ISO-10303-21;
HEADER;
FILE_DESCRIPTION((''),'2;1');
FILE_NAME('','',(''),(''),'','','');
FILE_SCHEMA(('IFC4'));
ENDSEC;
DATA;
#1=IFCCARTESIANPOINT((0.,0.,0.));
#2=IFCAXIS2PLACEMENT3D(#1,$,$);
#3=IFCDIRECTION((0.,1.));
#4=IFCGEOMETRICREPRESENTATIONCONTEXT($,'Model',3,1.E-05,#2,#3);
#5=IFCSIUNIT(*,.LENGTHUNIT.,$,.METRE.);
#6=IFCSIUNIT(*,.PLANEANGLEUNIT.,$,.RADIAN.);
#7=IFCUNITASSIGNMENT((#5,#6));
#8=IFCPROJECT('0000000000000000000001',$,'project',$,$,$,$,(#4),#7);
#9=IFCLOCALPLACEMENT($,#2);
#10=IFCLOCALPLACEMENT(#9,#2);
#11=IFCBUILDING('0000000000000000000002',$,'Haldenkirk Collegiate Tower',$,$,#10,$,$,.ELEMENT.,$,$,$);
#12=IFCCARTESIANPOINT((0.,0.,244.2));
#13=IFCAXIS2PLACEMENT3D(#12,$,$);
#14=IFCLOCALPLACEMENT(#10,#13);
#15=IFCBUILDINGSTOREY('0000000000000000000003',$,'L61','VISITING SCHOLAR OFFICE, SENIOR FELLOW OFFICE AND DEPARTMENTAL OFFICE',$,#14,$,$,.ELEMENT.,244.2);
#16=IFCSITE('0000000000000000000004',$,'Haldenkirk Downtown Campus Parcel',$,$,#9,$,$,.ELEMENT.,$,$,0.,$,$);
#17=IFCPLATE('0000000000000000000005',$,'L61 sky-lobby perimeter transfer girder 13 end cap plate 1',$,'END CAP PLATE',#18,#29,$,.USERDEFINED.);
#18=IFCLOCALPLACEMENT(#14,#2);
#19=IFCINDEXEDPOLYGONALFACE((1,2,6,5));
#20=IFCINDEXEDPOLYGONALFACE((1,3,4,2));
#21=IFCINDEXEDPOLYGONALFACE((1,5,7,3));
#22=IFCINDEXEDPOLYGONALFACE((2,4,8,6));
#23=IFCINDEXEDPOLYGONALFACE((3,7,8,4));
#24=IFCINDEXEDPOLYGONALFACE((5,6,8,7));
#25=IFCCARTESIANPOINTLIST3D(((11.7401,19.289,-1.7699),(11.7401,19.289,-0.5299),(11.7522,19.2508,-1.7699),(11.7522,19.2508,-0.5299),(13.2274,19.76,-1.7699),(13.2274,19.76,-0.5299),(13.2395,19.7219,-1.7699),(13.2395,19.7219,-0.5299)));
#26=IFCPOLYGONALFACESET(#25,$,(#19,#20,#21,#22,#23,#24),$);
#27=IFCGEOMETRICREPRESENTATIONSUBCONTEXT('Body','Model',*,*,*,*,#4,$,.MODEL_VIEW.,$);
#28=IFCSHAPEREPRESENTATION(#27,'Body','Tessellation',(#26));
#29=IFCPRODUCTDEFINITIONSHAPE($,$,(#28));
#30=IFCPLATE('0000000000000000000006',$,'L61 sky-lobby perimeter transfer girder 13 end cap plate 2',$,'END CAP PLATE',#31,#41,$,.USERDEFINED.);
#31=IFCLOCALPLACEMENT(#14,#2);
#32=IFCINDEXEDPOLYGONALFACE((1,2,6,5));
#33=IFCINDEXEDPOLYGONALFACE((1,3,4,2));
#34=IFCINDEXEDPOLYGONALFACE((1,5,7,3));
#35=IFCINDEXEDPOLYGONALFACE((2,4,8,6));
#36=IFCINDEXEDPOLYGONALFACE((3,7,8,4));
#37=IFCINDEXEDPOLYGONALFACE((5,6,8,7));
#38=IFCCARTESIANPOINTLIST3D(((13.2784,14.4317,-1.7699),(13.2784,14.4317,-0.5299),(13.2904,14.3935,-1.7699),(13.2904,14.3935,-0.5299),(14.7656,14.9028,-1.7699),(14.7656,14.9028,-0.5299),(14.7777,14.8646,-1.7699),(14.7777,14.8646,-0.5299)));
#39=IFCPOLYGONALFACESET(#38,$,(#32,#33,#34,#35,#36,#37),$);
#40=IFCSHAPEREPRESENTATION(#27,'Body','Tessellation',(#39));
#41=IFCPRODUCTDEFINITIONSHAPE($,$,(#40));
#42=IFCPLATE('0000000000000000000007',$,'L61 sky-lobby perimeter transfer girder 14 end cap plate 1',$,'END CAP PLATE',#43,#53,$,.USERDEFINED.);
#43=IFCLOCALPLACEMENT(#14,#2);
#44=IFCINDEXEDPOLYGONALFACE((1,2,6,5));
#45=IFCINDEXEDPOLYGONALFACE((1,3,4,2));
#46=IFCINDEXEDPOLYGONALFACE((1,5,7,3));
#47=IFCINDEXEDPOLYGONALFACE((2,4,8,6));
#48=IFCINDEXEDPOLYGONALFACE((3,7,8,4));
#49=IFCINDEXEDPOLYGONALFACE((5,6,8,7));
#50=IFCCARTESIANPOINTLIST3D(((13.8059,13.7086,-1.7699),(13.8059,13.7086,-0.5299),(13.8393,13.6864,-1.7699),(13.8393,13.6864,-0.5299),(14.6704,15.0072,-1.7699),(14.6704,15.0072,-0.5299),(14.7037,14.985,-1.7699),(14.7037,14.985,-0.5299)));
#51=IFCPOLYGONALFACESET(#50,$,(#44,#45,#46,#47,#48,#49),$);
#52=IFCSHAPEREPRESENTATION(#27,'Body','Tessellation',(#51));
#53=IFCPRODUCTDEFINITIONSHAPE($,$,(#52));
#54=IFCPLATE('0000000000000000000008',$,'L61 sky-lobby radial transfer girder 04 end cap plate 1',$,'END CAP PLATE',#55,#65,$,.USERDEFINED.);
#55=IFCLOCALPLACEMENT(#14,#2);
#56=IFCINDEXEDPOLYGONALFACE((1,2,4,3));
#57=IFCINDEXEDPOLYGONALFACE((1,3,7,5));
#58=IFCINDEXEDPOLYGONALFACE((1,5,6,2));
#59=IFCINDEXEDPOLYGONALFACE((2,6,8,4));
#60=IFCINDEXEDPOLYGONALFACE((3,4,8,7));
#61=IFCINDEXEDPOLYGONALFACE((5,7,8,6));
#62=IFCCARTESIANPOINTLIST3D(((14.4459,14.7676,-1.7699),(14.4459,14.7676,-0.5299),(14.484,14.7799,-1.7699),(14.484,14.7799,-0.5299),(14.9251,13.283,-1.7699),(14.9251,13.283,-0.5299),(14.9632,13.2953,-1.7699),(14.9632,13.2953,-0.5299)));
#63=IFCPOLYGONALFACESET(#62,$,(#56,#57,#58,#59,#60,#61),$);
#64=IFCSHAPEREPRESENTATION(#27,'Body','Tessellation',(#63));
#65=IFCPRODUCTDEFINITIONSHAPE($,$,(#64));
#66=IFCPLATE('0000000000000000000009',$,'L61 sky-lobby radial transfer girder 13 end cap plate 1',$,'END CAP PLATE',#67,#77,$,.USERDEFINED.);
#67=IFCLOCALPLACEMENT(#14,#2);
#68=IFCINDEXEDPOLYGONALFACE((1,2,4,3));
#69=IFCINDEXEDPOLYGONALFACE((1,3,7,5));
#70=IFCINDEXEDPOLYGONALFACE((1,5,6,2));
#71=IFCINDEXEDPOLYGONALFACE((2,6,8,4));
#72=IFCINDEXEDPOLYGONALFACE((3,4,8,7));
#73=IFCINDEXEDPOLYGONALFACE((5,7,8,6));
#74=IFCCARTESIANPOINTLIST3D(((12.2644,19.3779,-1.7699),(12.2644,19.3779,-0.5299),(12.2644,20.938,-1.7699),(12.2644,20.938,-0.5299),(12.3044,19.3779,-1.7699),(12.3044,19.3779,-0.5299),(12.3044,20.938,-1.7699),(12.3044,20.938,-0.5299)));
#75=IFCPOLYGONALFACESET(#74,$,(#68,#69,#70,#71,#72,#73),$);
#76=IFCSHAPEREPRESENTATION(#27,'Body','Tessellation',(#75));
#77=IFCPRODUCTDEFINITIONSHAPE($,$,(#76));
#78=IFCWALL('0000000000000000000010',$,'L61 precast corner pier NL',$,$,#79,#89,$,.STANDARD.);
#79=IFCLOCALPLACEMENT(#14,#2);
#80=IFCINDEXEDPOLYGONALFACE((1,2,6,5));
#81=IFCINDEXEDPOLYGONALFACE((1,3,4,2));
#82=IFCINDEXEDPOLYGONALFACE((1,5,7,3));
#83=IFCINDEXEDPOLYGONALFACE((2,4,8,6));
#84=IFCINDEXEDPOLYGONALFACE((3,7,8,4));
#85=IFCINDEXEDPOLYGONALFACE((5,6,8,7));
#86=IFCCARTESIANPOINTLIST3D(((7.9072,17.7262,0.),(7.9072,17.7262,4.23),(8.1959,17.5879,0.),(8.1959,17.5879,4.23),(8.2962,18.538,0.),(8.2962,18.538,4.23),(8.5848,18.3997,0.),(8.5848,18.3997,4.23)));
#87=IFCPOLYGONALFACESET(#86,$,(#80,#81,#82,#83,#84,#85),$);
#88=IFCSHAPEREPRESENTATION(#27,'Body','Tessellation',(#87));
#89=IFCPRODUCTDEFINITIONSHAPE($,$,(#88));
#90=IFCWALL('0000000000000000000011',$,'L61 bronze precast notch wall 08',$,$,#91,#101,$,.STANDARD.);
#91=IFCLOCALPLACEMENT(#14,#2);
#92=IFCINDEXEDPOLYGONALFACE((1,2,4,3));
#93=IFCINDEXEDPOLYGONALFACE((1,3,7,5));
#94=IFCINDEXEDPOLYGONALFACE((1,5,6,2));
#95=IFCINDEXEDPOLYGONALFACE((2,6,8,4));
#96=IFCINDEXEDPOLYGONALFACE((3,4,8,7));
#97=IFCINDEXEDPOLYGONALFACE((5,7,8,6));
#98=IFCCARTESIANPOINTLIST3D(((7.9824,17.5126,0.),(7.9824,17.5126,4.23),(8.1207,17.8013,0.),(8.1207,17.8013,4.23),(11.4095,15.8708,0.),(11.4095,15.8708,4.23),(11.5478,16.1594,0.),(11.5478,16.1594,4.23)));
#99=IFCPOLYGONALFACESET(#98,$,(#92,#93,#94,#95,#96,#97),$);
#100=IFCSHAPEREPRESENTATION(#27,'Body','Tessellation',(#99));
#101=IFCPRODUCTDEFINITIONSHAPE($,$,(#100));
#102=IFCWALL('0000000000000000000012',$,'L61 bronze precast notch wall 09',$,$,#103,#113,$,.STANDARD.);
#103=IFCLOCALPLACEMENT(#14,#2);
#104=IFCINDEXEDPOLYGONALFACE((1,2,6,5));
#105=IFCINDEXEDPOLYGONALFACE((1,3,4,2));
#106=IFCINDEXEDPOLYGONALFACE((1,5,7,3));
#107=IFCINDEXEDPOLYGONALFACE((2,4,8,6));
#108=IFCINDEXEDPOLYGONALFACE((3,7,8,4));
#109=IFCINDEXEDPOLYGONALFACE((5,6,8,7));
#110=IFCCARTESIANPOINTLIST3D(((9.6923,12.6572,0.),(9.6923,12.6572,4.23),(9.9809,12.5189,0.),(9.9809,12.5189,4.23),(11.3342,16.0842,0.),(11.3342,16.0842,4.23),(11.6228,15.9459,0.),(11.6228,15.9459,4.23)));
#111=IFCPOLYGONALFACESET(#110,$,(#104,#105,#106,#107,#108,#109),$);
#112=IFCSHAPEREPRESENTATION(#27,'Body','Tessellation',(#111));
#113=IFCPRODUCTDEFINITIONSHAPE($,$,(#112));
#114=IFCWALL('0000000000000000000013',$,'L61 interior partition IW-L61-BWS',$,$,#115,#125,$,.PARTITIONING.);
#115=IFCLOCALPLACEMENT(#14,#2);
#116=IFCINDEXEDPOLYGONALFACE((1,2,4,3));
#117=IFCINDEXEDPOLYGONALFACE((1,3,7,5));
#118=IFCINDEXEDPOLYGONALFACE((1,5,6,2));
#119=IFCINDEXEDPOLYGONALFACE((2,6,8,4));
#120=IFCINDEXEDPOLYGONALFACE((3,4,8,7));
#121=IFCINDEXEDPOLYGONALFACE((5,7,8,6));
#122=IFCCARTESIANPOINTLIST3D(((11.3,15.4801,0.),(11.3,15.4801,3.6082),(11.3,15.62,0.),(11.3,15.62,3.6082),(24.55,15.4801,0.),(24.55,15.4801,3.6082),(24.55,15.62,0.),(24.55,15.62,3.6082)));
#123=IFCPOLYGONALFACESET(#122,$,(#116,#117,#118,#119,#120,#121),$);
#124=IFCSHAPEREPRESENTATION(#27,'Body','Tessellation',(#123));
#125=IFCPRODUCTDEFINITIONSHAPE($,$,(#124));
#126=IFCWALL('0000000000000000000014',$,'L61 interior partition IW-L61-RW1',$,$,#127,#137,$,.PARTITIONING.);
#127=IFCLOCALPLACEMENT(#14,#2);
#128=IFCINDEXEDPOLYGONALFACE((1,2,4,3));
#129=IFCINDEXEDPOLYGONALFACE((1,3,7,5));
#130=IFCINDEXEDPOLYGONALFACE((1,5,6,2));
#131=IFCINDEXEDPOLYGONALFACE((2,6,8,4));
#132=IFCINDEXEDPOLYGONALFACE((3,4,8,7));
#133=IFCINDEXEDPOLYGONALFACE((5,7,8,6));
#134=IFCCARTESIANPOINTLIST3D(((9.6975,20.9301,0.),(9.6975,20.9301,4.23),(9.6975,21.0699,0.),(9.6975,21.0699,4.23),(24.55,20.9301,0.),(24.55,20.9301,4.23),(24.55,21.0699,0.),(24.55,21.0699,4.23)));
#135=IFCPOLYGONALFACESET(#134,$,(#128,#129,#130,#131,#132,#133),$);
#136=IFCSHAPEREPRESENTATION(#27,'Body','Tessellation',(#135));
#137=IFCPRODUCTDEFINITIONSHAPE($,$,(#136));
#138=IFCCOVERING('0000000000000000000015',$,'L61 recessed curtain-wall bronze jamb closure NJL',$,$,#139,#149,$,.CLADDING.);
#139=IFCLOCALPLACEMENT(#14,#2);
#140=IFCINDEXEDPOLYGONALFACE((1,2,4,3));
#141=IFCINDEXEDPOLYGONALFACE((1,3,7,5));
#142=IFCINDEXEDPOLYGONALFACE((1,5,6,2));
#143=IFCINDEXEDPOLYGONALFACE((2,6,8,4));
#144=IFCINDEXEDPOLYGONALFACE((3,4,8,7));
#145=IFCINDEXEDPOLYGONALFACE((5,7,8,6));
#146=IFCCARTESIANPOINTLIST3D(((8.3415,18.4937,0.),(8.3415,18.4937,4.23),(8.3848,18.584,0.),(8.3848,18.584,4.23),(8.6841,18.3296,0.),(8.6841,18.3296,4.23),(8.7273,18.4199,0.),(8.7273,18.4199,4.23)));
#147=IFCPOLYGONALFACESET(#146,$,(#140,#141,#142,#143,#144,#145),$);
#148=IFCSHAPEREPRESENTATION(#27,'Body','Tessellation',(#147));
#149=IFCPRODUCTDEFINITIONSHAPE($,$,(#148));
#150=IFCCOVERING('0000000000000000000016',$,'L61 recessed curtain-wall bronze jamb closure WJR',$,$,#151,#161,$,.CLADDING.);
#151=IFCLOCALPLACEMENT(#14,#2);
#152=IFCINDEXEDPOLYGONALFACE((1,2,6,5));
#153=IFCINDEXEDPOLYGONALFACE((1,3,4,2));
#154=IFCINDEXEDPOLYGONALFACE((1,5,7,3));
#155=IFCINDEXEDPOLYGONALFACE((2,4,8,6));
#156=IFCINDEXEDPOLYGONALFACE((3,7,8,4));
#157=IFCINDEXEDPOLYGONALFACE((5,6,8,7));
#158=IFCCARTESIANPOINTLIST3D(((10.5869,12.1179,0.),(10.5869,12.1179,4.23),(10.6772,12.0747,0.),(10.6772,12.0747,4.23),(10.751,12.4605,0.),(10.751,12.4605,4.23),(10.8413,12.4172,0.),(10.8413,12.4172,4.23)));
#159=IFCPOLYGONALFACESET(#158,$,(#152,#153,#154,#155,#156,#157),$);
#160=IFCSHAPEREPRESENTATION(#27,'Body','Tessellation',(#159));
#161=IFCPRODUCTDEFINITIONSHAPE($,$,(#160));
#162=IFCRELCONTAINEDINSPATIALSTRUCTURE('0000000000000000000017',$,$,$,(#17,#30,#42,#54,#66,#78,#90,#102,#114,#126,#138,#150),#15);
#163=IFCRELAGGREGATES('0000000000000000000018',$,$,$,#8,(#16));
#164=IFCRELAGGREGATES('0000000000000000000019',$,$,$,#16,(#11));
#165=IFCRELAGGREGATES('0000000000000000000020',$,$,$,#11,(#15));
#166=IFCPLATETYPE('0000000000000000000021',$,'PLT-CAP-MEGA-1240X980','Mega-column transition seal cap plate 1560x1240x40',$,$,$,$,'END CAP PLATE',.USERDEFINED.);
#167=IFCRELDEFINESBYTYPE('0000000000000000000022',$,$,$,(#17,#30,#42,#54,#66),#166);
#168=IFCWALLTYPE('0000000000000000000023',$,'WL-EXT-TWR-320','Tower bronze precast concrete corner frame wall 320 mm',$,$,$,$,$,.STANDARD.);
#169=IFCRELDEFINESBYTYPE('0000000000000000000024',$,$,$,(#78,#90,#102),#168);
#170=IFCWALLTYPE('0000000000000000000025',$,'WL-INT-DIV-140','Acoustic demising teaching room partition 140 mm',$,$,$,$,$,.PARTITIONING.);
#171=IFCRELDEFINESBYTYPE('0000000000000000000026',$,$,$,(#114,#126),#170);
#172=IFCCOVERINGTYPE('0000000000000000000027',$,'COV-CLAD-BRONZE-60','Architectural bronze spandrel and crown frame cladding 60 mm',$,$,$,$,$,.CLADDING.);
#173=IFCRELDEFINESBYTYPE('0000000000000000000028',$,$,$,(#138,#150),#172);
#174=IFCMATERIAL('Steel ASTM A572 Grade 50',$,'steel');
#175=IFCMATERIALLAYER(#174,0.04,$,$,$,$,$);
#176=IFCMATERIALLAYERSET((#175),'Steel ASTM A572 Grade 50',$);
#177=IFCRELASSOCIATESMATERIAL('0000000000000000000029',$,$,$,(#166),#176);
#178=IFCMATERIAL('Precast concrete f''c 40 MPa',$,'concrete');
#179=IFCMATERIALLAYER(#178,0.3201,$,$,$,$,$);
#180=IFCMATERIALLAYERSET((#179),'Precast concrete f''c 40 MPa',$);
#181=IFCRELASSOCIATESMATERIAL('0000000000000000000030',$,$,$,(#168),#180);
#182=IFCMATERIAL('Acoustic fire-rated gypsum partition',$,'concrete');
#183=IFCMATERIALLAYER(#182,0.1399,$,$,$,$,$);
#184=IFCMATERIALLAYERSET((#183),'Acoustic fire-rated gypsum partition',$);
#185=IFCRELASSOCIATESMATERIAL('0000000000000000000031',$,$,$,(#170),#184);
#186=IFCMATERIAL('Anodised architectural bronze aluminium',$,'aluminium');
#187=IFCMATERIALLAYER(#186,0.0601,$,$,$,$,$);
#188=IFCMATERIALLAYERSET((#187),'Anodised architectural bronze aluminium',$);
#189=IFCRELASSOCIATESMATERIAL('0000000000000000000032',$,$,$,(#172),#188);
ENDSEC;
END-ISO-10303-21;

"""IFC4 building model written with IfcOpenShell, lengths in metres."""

from ifc_helpers import new_model, si_unit, direction, frame, frame_2d, origin, origin_2d, place, context, subcontext, project, spatial, rectangle, extrude, source, transform, mapped, material, layer, layer_set, type_object, element, save


model = new_model("IFC4")

# Units and contexts
model_context = context("Model", 3, precision=1e-05, world=origin(), true_north=direction((0.0, 1.0)))
body_context = subcontext(model_context, "Body", "Model", "MODEL_VIEW")
ifc_project = project(units=[si_unit("LENGTHUNIT", "METRE"), si_unit("PLANEANGLEUNIT", "RADIAN")], contexts=[model_context])

# Site, building, storey
site_placement = place(None, origin())
site = spatial("IfcSite", under=ifc_project, at=site_placement, Name="Haldenkirk Downtown Campus Parcel", CompositionType="ELEMENT", RefElevation=0.0)
building_placement = place(site_placement, origin())
building = spatial("IfcBuilding", under=site, at=building_placement, Name="Haldenkirk Collegiate Tower", CompositionType="ELEMENT")
storey_placement = place(building_placement, frame((0.0, 0.0, 244.2)))
storey = spatial("IfcBuildingStorey", under=building, at=storey_placement, Name="L61", Description="VISITING SCHOLAR OFFICE, SENIOR FELLOW OFFICE AND DEPARTMENTAL OFFICE", CompositionType="ELEMENT", Elevation=244.2)

# Shared definitions
ifc_material_1 = material(Name="Steel ASTM A572 Grade 50", Category="steel")

# Shared definitions
ifc_material_2 = material(Name="Anodised architectural bronze aluminium", Category="aluminium")

# Plates
ifc_layer_1 = layer(ifc_material_1, 0.04)
ifc_layer_set_1 = layer_set([ifc_layer_1], Name="Steel ASTM A572 Grade 50")
plate_type = type_object("IfcPlateType", Name="PLT-CAP-MEGA-1240X980", Description="Mega-column transition seal cap plate 1560x1240x40", ElementType="END CAP PLATE", PredefinedType="USERDEFINED", material=ifc_layer_set_1)
shared_shape_1 = source(origin(), body_context, "Body", "SweptSolid", [
    extrude(rectangle(XDim=1.5601, YDim=1.24, at=origin_2d()), origin(), (0.0, 0.0, 1.0), 0.04),
])
for number, where, z_axis, x_axis, name in (
    (1, (12.4958, 19.4863, -1.1499), (-0.301954, 0.953323, 0.0), (-0.953323, -0.301954, 0.0), "L61 sky-lobby perimeter transfer girder 13 end cap plate 1"),
    (2, (14.022, 14.6672, -1.1499), (0.301954, -0.953323, 0.0), (0.953323, 0.301954, 0.0), "L61 sky-lobby perimeter transfer girder 13 end cap plate 2"),
    (3, (14.2715, 14.3357, -1.1499), (-0.83244, 0.554116, 0.0), (-0.554116, -0.83244, 0.0), "L61 sky-lobby perimeter transfer girder 14 end cap plate 1"),
    (4, (14.7236, 14.0376, -1.1499), (-0.951654, -0.307171, 0.0), (0.307171, -0.951654, 0.0), "L61 sky-lobby radial transfer girder 04 end cap plate 1"),
    (5, (12.3044, 20.158, -1.1499), (-1.0, 0.0, 0.0), (0.0, -1.0, 0.0), "L61 sky-lobby radial transfer girder 13 end cap plate 1"),
):
    element("IfcPlate", number, at=place(storey_placement, frame(where, z_axis=z_axis, x_axis=x_axis)), inside=storey, type_object=plate_type, Name=name, ObjectType="END CAP PLATE", PredefinedType="USERDEFINED", context=body_context, shape_type="MappedRepresentation", body=[
        mapped(shared_shape_1, transform((0.0, 0.0, 0.0), x_axis=(1.0, 0.0, 0.0), y_axis=(0.0, 1.0, 0.0), z_axis=(0.0, 0.0, 1.0), scale=1.0)),
    ])

# Walls
ifc_material_3 = material(Name="Precast concrete f'c 40 MPa", Category="concrete")
ifc_layer_2 = layer(ifc_material_3, 0.3201)
ifc_layer_set_2 = layer_set([ifc_layer_2], Name="Precast concrete f'c 40 MPa")
wall_type_1 = type_object("IfcWallType", Name="WL-EXT-TWR-320", Description="Tower bronze precast concrete corner frame wall 320 mm", PredefinedType="STANDARD", material=ifc_layer_set_2)
wall_1_placement = place(storey_placement, frame((8.0515, 17.657, 0.0), z_axis=(0.0, 0.0, 1.0), x_axis=(0.43207, 0.90184, 0.0)))
element("IfcWall", 6, at=wall_1_placement, inside=storey, type_object=wall_type_1, Name="L61 precast corner pier NL", PredefinedType="STANDARD", context=body_context, shape_type="SweptSolid", body=[
    extrude(rectangle(XDim=0.9001, YDim=0.3201, at=frame_2d((0.4502, 0.0))), origin(), (0.0, 0.0, 1.0), 4.23),
])
for number, where, z_axis, x_axis, name in (
    (7, (11.4785, 16.0151, 0.0), (0.0, 0.0, 1.0), (-0.901843, 0.432065, 0.0), "L61 bronze precast notch wall 08"),
    (8, (9.8367, 12.5881, 0.0), (0.0, 0.0, 1.0), (0.432065, 0.901843, 0.0), "L61 bronze precast notch wall 09"),
):
    element("IfcWall", number, at=place(storey_placement, frame(where, z_axis=z_axis, x_axis=x_axis)), inside=storey, type_object=wall_type_1, Name=name, PredefinedType="STANDARD", context=body_context, shape_type="SweptSolid", body=[
        extrude(rectangle(XDim=3.8, YDim=0.3201, at=frame_2d((1.8999, 0.0))), origin(), (0.0, 0.0, 1.0), 4.23),
    ])
ifc_material_4 = material(Name="Acoustic fire-rated gypsum partition", Category="concrete")
ifc_layer_3 = layer(ifc_material_4, 0.1399)
ifc_layer_set_3 = layer_set([ifc_layer_3], Name="Acoustic fire-rated gypsum partition")
wall_type_2 = type_object("IfcWallType", Name="WL-INT-DIV-140", Description="Acoustic demising teaching room partition 140 mm", PredefinedType="PARTITIONING", material=ifc_layer_set_3)
wall_2_placement = place(storey_placement, frame((11.3, 15.55, 0.0), z_axis=(0.0, 0.0, 1.0), x_axis=(1.0, 0.0, 0.0)))
element("IfcWall", 9, at=wall_2_placement, inside=storey, type_object=wall_type_2, Name="L61 interior partition IW-L61-BWS", PredefinedType="PARTITIONING", context=body_context, shape_type="SweptSolid", body=[
    extrude(rectangle(XDim=13.25, YDim=0.1399, at=frame_2d((6.625, 0.0))), origin(), (0.0, 0.0, 1.0), 3.6082),
])
wall_3_placement = place(storey_placement, frame((9.6975, 21.0, 0.0), z_axis=(0.0, 0.0, 1.0), x_axis=(1.0, 0.0, 0.0)))
element("IfcWall", 10, at=wall_3_placement, inside=storey, type_object=wall_type_2, Name="L61 interior partition IW-L61-RW1", PredefinedType="PARTITIONING", context=body_context, shape_type="SweptSolid", body=[
    extrude(rectangle(XDim=14.8525, YDim=0.1399, at=frame_2d((7.4263, 0.0))), origin(), (0.0, 0.0, 1.0), 4.23),
])

# Coverings
ifc_layer_4 = layer(ifc_material_2, 0.0601)
ifc_layer_set_4 = layer_set([ifc_layer_4], Name="Anodised architectural bronze aluminium")
covering_type = type_object("IfcCoveringType", Name="COV-CLAD-BRONZE-60", Description="Architectural bronze spandrel and crown frame cladding 60 mm", PredefinedType="CLADDING", material=ifc_layer_set_4)
shared_shape_2 = source(origin(), body_context, "Body", "SweptSolid", [
    extrude(rectangle(XDim=0.1001, YDim=0.3799, at=origin_2d()), origin(), (0.0, 0.0, 1.0), 4.23),
])
for number, where, z_axis, x_axis, name in (
    (11, (8.5344, 18.4568, 0.0), (0.0, 0.0, 1.0), (0.432086, 0.901833, 0.0), "L61 recessed curtain-wall bronze jamb closure NJL"),
    (12, (10.7141, 12.2676, 0.0), (0.0, 0.0, 1.0), (-0.901833, 0.432086, 0.0), "L61 recessed curtain-wall bronze jamb closure WJR"),
):
    element("IfcCovering", number, at=place(storey_placement, frame(where, z_axis=z_axis, x_axis=x_axis)), inside=storey, type_object=covering_type, Name=name, PredefinedType="CLADDING", context=body_context, shape_type="MappedRepresentation", body=[
        mapped(shared_shape_2, transform((0.0, 0.0, 0.0), x_axis=(1.0, 0.0, 0.0), y_axis=(0.0, 1.0, 0.0), z_axis=(0.0, 0.0, 1.0), scale=1.0)),
    ])

save(model, "model.ifc")
